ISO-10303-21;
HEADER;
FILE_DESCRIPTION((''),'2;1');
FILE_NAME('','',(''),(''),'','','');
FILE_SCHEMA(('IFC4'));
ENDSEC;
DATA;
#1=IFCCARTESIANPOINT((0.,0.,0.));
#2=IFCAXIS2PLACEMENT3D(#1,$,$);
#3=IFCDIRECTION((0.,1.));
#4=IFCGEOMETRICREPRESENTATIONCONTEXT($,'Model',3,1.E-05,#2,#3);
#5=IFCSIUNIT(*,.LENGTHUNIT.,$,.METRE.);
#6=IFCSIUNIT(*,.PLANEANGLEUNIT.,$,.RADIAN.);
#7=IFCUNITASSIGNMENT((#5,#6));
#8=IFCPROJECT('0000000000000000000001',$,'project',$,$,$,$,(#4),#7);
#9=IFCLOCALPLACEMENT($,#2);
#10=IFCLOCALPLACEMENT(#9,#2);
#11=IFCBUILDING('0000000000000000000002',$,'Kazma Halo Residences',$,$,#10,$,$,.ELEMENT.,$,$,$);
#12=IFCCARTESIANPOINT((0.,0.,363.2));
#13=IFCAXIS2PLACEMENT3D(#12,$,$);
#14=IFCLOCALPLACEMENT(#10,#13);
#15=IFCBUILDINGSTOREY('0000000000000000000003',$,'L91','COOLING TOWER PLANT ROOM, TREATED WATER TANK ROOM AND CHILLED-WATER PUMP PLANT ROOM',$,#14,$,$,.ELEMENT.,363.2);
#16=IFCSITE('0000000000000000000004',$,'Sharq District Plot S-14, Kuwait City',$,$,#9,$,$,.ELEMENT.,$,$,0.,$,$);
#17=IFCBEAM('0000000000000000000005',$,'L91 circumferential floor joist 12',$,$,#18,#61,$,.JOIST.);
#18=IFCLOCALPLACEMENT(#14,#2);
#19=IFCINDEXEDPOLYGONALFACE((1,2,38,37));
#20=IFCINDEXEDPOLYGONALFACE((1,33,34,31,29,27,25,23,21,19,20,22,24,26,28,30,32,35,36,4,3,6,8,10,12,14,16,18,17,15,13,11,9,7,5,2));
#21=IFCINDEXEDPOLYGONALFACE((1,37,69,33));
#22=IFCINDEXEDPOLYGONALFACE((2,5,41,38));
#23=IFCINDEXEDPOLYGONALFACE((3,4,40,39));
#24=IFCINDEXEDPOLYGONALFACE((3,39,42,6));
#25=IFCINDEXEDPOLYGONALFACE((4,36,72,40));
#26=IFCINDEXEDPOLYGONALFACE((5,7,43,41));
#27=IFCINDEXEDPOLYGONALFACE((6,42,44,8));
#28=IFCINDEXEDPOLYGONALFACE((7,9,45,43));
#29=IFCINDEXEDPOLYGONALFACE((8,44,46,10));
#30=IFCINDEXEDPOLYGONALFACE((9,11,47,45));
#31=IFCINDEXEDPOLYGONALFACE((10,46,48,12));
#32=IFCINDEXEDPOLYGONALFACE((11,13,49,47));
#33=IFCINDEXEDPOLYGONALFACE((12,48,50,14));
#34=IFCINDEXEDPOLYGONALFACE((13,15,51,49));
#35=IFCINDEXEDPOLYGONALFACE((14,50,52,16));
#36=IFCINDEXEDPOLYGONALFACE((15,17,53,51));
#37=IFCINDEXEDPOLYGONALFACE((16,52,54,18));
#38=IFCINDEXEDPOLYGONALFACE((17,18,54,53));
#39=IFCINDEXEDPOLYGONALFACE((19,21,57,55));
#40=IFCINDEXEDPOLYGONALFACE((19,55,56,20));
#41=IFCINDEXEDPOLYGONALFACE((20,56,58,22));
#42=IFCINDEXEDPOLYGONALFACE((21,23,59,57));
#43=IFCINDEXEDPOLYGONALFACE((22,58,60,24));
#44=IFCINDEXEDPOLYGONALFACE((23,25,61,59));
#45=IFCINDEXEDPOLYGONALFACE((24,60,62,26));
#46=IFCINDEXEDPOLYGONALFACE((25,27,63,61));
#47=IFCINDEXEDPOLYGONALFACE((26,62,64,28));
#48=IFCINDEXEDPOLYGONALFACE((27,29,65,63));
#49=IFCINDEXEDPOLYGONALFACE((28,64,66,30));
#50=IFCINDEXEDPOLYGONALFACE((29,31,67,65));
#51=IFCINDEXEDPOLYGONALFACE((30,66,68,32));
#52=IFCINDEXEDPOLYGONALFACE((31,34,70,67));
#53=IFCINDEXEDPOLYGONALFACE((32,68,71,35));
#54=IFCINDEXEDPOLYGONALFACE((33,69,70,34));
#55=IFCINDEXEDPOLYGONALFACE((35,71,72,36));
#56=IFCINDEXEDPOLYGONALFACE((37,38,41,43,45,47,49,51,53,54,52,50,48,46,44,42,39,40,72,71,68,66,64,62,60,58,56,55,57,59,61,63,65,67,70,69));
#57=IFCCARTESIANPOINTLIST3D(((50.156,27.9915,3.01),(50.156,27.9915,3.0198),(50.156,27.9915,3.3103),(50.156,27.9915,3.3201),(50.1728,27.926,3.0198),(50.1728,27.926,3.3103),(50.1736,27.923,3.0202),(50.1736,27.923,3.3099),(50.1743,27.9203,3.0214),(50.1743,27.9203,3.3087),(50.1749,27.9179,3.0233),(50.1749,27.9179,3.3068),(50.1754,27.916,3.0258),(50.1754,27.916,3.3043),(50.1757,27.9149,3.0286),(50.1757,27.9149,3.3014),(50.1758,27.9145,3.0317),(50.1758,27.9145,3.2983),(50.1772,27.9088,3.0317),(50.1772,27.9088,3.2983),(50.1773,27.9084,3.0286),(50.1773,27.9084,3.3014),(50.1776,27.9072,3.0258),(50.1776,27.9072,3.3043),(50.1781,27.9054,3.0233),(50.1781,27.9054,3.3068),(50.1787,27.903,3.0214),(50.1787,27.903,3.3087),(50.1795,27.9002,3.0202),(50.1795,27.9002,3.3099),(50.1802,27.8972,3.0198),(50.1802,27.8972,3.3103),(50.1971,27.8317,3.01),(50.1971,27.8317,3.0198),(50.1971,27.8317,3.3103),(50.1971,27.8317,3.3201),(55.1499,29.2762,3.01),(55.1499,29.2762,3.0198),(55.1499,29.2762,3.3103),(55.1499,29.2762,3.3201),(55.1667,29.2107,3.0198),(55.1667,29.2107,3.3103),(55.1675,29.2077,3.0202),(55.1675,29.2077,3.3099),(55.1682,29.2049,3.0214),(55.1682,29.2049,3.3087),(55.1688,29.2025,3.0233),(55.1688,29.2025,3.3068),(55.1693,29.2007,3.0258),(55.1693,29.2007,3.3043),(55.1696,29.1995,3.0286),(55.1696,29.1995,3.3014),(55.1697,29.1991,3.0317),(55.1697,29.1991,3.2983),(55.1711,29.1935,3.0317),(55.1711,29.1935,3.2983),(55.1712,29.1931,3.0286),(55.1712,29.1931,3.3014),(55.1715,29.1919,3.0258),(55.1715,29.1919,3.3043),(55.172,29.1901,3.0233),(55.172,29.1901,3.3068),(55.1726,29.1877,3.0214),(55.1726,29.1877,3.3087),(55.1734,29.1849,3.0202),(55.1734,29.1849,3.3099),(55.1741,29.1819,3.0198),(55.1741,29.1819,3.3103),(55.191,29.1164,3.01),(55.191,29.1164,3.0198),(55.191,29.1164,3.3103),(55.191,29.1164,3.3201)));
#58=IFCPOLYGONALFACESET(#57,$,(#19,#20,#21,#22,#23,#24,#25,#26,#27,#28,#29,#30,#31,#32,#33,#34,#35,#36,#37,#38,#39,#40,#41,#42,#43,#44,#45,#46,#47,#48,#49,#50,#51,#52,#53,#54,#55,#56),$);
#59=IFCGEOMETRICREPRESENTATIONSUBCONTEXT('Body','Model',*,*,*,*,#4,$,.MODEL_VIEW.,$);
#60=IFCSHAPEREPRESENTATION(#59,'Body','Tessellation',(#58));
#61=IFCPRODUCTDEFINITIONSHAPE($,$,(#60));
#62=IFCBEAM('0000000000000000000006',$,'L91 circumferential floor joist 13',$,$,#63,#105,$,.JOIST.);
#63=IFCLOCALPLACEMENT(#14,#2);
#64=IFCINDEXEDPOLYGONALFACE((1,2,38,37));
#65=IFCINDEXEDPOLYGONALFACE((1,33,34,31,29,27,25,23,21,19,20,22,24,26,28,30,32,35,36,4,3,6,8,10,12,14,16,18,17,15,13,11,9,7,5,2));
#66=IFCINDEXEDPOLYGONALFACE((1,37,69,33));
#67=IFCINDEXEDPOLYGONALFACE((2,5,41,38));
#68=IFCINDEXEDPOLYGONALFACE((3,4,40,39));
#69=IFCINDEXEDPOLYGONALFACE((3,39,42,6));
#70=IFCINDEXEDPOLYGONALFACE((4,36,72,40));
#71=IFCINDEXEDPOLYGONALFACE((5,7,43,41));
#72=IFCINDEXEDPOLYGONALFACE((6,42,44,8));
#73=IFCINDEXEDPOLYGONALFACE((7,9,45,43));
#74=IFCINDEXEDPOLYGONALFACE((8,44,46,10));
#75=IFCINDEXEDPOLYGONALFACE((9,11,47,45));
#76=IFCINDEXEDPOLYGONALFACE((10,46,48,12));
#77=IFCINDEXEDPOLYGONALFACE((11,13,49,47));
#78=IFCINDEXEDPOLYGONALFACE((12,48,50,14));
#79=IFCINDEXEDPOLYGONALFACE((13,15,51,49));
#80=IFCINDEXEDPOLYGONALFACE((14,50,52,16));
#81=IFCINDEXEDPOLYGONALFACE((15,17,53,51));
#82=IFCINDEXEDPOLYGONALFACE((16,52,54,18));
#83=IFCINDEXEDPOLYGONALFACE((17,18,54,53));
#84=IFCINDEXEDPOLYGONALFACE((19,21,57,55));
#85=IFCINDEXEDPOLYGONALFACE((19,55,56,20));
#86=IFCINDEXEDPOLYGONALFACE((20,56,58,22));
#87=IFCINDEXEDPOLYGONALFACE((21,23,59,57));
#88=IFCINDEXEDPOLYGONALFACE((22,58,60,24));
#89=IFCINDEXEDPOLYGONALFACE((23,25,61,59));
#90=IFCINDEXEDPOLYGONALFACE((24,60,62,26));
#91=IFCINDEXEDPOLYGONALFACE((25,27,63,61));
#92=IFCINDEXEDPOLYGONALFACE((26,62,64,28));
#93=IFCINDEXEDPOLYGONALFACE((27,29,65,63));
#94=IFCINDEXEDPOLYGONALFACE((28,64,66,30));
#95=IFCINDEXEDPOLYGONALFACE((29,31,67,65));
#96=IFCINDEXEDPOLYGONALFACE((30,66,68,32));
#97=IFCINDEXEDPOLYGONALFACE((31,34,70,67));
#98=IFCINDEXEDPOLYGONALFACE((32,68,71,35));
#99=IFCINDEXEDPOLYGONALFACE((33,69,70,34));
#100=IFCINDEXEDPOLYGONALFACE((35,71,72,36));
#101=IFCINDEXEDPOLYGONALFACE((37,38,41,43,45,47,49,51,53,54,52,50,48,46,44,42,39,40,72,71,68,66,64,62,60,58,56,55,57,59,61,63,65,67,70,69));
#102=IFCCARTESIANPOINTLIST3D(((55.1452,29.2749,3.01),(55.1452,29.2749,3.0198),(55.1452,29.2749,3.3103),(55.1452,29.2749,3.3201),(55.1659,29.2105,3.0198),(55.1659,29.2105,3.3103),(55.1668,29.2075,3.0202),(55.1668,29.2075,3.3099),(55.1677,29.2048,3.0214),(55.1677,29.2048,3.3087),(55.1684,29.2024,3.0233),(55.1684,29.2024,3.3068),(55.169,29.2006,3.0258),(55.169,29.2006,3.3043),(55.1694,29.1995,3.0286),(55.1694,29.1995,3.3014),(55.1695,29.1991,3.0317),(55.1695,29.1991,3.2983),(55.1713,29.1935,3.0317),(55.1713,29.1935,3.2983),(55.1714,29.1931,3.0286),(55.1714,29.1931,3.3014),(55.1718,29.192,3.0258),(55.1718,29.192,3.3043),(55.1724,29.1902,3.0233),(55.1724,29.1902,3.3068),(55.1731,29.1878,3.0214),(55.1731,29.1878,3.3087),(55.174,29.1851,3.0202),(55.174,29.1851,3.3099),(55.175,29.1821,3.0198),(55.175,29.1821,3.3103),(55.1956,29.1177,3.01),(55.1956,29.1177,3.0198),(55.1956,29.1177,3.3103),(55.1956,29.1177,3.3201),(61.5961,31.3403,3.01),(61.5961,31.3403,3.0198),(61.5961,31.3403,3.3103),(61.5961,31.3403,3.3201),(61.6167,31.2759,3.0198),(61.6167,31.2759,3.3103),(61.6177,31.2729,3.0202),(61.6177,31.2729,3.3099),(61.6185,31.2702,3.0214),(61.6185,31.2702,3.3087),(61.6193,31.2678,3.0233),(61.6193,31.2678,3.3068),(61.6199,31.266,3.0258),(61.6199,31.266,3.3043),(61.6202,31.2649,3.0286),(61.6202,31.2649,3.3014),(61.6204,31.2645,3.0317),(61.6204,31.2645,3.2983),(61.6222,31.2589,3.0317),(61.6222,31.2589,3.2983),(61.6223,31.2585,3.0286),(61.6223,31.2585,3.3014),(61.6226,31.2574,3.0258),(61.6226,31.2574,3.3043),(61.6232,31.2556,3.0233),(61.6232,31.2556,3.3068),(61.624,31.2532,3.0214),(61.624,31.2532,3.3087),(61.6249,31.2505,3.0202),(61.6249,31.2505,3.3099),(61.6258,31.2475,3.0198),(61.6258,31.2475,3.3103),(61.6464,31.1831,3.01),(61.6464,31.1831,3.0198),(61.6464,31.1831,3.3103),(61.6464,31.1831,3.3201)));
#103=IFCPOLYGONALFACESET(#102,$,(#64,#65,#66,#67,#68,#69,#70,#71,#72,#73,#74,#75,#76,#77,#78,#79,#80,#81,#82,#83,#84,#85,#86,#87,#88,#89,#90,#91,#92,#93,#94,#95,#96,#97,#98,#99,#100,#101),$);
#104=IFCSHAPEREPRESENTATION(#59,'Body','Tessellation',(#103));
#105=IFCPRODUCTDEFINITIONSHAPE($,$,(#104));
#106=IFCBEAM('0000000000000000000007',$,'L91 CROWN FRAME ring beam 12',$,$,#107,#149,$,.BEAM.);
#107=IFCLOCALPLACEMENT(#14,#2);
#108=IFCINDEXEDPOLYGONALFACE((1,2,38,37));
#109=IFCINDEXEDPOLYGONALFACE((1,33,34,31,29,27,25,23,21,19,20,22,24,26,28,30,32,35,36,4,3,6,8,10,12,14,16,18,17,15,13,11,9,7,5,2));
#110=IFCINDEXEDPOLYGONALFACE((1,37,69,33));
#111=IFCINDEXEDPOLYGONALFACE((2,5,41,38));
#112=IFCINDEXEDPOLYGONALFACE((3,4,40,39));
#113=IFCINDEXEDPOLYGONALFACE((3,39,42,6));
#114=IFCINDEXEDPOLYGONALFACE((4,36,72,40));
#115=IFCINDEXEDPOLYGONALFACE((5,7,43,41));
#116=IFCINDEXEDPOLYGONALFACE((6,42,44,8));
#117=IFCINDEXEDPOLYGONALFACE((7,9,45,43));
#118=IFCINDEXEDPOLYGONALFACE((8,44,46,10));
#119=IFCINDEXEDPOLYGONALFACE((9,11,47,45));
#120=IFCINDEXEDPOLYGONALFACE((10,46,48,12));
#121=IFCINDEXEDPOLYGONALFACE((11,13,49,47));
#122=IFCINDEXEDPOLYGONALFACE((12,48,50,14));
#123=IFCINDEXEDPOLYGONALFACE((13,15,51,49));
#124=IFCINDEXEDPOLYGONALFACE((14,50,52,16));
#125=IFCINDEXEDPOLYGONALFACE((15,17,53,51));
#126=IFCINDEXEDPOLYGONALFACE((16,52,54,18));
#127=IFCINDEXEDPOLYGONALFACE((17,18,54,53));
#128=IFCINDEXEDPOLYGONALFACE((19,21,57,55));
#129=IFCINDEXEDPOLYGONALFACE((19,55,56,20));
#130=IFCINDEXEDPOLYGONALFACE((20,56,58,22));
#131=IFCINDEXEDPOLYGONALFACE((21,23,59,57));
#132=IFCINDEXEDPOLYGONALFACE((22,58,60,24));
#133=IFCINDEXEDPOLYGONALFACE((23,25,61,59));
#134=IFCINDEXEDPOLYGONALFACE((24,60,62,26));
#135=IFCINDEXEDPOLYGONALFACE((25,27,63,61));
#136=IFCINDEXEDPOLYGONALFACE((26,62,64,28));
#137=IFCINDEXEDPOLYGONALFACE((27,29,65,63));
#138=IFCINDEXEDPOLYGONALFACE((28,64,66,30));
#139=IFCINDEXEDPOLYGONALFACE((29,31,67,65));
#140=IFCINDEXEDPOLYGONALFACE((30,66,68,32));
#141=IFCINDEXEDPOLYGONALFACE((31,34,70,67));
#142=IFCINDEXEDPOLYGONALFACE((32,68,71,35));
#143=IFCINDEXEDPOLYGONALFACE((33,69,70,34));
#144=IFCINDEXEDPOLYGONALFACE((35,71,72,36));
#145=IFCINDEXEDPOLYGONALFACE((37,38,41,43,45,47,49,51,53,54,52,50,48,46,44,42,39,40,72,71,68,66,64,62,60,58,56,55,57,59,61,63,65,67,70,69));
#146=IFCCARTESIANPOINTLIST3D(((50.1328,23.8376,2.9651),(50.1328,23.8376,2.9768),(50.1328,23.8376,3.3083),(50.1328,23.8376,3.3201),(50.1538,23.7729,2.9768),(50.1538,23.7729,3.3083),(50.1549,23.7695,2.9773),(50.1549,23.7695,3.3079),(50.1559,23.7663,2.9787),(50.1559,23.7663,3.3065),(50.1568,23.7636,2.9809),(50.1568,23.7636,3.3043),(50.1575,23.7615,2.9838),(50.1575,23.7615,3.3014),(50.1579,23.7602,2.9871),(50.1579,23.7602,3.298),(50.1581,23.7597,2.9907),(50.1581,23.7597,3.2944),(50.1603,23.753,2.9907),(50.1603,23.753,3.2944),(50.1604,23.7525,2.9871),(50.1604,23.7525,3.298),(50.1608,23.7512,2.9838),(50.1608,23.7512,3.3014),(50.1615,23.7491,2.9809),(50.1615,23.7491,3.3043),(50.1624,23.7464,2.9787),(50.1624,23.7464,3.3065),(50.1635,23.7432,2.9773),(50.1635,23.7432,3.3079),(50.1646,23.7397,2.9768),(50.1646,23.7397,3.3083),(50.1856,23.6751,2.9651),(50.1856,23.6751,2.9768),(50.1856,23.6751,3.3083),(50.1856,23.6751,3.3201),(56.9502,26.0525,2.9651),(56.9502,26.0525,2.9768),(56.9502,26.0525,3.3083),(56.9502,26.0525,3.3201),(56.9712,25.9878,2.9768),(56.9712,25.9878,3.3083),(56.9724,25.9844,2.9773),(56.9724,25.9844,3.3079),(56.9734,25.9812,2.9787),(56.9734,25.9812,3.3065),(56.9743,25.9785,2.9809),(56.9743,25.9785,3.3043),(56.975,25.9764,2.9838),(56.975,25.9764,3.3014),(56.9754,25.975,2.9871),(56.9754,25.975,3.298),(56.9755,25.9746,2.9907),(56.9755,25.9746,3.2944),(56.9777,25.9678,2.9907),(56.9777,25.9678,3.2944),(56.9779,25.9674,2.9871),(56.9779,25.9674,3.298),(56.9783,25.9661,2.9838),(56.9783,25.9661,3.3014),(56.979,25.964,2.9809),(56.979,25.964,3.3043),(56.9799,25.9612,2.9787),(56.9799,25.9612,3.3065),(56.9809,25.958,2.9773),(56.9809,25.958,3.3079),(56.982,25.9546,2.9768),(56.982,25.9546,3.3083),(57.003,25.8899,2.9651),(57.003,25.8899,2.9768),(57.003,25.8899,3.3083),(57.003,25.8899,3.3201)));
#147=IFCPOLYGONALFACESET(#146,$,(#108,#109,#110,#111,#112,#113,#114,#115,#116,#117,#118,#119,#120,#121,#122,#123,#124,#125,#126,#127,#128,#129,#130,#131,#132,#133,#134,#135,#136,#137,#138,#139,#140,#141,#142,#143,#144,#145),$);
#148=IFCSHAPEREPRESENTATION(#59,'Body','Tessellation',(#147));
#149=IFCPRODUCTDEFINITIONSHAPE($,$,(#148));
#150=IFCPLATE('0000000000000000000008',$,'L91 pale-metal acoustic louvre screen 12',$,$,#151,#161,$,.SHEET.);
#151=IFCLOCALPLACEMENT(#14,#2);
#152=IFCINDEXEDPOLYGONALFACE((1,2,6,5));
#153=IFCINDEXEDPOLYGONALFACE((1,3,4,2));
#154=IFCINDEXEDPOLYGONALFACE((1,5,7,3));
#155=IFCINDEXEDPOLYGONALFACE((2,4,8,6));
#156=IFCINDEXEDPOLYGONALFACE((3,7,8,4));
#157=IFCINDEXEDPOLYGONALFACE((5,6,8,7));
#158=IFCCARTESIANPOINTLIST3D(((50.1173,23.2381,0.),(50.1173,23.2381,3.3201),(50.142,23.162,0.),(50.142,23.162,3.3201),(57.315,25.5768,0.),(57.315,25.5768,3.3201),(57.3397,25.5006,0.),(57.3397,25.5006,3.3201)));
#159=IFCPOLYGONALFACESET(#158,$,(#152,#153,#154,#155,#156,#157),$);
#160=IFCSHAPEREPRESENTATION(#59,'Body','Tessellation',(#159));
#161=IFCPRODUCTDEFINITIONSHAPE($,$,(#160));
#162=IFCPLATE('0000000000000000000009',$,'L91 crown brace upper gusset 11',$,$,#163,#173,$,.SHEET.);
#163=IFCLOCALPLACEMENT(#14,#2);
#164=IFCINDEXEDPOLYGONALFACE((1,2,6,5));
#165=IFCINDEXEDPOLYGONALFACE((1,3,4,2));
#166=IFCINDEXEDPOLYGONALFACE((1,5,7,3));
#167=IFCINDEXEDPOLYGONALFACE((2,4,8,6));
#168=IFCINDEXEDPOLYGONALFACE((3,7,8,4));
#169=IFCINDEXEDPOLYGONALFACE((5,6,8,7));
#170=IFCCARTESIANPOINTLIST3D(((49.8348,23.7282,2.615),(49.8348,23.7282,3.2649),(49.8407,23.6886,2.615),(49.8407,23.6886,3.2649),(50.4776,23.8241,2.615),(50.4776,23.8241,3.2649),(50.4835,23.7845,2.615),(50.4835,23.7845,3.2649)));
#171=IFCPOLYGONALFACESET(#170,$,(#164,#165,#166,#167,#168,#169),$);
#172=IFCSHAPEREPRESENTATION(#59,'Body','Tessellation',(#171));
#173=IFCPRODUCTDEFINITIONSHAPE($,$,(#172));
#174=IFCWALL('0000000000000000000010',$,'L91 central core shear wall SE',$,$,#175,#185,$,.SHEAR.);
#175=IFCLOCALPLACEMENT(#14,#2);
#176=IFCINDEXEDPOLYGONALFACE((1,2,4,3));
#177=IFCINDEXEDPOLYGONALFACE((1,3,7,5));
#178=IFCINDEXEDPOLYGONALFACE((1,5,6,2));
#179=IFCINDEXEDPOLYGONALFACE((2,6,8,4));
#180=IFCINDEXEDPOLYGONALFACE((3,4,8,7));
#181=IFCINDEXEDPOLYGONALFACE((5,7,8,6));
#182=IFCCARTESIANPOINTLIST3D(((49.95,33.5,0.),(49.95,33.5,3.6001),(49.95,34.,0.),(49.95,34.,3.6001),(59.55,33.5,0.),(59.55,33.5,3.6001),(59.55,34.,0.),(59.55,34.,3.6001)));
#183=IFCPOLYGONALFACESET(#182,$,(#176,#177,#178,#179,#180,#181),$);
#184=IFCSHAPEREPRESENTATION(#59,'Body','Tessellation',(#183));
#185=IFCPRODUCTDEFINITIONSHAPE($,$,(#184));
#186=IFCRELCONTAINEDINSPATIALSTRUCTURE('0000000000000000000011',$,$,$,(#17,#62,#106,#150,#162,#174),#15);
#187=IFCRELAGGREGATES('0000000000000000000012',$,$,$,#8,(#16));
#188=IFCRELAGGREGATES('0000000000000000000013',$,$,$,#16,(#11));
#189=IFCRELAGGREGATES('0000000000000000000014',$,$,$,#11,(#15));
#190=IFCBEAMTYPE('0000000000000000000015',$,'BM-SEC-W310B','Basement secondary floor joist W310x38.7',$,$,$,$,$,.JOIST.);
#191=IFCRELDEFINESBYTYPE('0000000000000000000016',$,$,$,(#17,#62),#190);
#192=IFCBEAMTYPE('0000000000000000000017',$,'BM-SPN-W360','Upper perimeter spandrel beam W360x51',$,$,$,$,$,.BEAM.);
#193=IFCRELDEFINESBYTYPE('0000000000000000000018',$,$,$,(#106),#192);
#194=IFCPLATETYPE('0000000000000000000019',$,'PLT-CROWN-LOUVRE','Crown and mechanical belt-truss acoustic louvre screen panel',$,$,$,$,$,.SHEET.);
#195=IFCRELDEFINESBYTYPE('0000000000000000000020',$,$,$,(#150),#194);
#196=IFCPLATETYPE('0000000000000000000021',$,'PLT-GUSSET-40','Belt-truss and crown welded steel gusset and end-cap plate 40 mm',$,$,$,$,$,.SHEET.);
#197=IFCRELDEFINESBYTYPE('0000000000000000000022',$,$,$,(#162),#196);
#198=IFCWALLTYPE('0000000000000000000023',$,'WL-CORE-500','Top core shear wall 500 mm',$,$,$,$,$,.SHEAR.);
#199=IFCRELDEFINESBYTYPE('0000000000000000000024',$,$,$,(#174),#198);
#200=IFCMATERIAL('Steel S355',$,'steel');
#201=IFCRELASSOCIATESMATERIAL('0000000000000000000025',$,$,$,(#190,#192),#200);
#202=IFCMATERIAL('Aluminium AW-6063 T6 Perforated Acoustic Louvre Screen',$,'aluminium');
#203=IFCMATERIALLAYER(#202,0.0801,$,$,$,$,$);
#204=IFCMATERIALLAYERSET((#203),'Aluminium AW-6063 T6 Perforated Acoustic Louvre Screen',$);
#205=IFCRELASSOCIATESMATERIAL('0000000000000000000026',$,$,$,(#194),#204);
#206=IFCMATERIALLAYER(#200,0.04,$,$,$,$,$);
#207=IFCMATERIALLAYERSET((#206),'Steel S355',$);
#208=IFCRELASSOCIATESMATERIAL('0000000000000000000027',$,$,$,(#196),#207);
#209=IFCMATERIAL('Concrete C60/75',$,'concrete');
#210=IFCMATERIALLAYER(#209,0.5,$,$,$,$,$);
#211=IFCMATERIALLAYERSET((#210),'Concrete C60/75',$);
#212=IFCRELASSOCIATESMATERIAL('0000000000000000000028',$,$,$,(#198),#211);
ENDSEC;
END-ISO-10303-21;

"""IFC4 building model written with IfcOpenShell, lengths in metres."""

from ifc_helpers import new_model, si_unit, direction, frame, frame_2d, origin, origin_2d, place, context, subcontext, project, spatial, rectangle, i_section, extrude, material, layer, layer_set, material_profile, profile_set, type_object, element, save


model = new_model("IFC4")

# Units and contexts
model_context = context("Model", 3, precision=1e-05, world=origin(), true_north=direction((0.0, 1.0)))
body_context = subcontext(model_context, "Body", "Model", "MODEL_VIEW")
ifc_project = project(units=[si_unit("LENGTHUNIT", "METRE"), si_unit("PLANEANGLEUNIT", "RADIAN")], contexts=[model_context])

# Site, building, storey
site_placement = place(None, origin())
site = spatial("IfcSite", under=ifc_project, at=site_placement, Name="Sharq District Plot S-14, Kuwait City", CompositionType="ELEMENT", RefElevation=0.0)
building_placement = place(site_placement, origin())
building = spatial("IfcBuilding", under=site, at=building_placement, Name="Kazma Halo Residences", CompositionType="ELEMENT")
storey_placement = place(building_placement, frame((0.0, 0.0, 363.2)))
storey = spatial("IfcBuildingStorey", under=building, at=storey_placement, Name="L91", Description="COOLING TOWER PLANT ROOM, TREATED WATER TANK ROOM AND CHILLED-WATER PUMP PLANT ROOM", CompositionType="ELEMENT", Elevation=363.2)

# Shared definitions
ifc_material_1 = material(Name="Steel S355", Category="steel")

# Beams
ifc_material_profile_1 = material_profile(ifc_material_1, i_section(OverallWidth=0.165, OverallDepth=0.3101, WebThickness=0.0059, FlangeThickness=0.0098, FilletRadius=0.012, at=origin_2d()), Name="W310x38.7")
ifc_profile_set_1 = profile_set([ifc_material_profile_1], Name="Steel S355")
beam_type_1 = type_object("IfcBeamType", Name="BM-SEC-W310B", Description="Basement secondary floor joist W310x38.7", PredefinedType="JOIST", material=ifc_profile_set_1)
beam_1_placement = place(storey_placement, frame((50.1765, 27.9116, 3.165), z_axis=(0.968468, 0.249136, 0.0), x_axis=(-0.249136, 0.968468, 0.0)))
element("IfcBeam", 1, at=beam_1_placement, inside=storey, type_object=beam_type_1, Name="L91 circumferential floor joist 12", PredefinedType="JOIST", context=body_context, shape_type="SweptSolid", body=[
    extrude(i_section(OverallWidth=0.165, OverallDepth=0.3101, WebThickness=0.0059, FlangeThickness=0.0098, FilletRadius=0.012, at=origin_2d()), origin(), (0.0, 0.0, 1.0), 5.1565),
])
beam_2_placement = place(storey_placement, frame((55.1704, 29.1963, 3.165), z_axis=(0.952376, 0.304927, 0.0), x_axis=(-0.304927, 0.952376, 0.0)))
element("IfcBeam", 2, at=beam_2_placement, inside=storey, type_object=beam_type_1, Name="L91 circumferential floor joist 13", PredefinedType="JOIST", context=body_context, shape_type="SweptSolid", body=[
    extrude(i_section(OverallWidth=0.165, OverallDepth=0.3101, WebThickness=0.0059, FlangeThickness=0.0098, FilletRadius=0.012, at=origin_2d()), origin(), (0.0, 0.0, 1.0), 6.7734),
])
ifc_material_profile_2 = material_profile(ifc_material_1, i_section(OverallWidth=0.1709, OverallDepth=0.355, WebThickness=0.0071, FlangeThickness=0.0117, FilletRadius=0.0139, at=origin_2d()), Name="W360x51")
ifc_profile_set_2 = profile_set([ifc_material_profile_2], Name="Steel S355")
beam_type_2 = type_object("IfcBeamType", Name="BM-SPN-W360", Description="Upper perimeter spandrel beam W360x51", PredefinedType="BEAM", material=ifc_profile_set_2)
beam_3_placement = place(storey_placement, frame((50.1592, 23.7563, 3.1426), z_axis=(0.951067, 0.308984, 0.0), x_axis=(-0.308984, 0.951067, 0.0)))
element("IfcBeam", 3, at=beam_3_placement, inside=storey, type_object=beam_type_2, Name="L91 CROWN FRAME ring beam 12", PredefinedType="BEAM", context=body_context, shape_type="SweptSolid", body=[
    extrude(i_section(OverallWidth=0.1709, OverallDepth=0.355, WebThickness=0.0071, FlangeThickness=0.0117, FilletRadius=0.0139, at=origin_2d()), origin(), (0.0, 0.0, 1.0), 7.1682),
])

# Plates
ifc_material_2 = material(Name="Aluminium AW-6063 T6 Perforated Acoustic Louvre Screen", Category="aluminium")
ifc_layer_1 = layer(ifc_material_2, 0.0801)
ifc_layer_set_1 = layer_set([ifc_layer_1], Name="Aluminium AW-6063 T6 Perforated Acoustic Louvre Screen")
plate_type_1 = type_object("IfcPlateType", Name="PLT-CROWN-LOUVRE", Description="Crown and mechanical belt-truss acoustic louvre screen panel", PredefinedType="SHEET", material=ifc_layer_set_1)
plate_1_placement = place(storey_placement, frame((53.7285, 24.3694, 0.0), z_axis=(0.0, 0.0, 1.0), x_axis=(0.951058, 0.309012, 0.0)))
element("IfcPlate", 4, at=plate_1_placement, inside=storey, type_object=plate_type_1, Name="L91 pale-metal acoustic louvre screen 12", PredefinedType="SHEET", context=body_context, shape_type="SweptSolid", body=[
    extrude(rectangle(XDim=7.5681, YDim=0.0801, at=origin_2d()), origin(), (0.0, 0.0, 1.0), 3.3201),
])
ifc_layer_2 = layer(ifc_material_1, 0.04)
ifc_layer_set_2 = layer_set([ifc_layer_2], Name="Steel S355")
plate_type_2 = type_object("IfcPlateType", Name="PLT-GUSSET-40", Description="Belt-truss and crown welded steel gusset and end-cap plate 40 mm", PredefinedType="SHEET", material=ifc_layer_set_2)
plate_2_placement = place(storey_placement, frame((50.1592, 23.7563, 2.615), z_axis=(0.0, 0.0, 1.0), x_axis=(0.989034, 0.147687, 0.0)))
element("IfcPlate", 5, at=plate_2_placement, inside=storey, type_object=plate_type_2, Name="L91 crown brace upper gusset 11", PredefinedType="SHEET", context=body_context, shape_type="SweptSolid", body=[
    extrude(rectangle(XDim=0.6499, YDim=0.04, at=origin_2d()), origin(), (0.0, 0.0, 1.0), 0.6499),
])

# Wall
ifc_material_3 = material(Name="Concrete C60/75", Category="concrete")
ifc_layer_3 = layer(ifc_material_3, 0.5)
ifc_layer_set_3 = layer_set([ifc_layer_3], Name="Concrete C60/75")
wall_type_1 = type_object("IfcWallType", Name="WL-CORE-500", Description="Top core shear wall 500 mm", PredefinedType="SHEAR", material=ifc_layer_set_3)
wall_1_placement = place(storey_placement, frame((49.95, 33.75, 0.0), z_axis=(0.0, 0.0, 1.0), x_axis=(1.0, 0.0, 0.0)))
element("IfcWall", 6, at=wall_1_placement, inside=storey, type_object=wall_type_1, Name="L91 central core shear wall SE", PredefinedType="SHEAR", context=body_context, shape_type="SweptSolid", body=[
    extrude(rectangle(XDim=9.6001, YDim=0.5, at=frame_2d((4.8, 0.0))), origin(), (0.0, 0.0, 1.0), 3.6001),
])

save(model, "model.ifc")
